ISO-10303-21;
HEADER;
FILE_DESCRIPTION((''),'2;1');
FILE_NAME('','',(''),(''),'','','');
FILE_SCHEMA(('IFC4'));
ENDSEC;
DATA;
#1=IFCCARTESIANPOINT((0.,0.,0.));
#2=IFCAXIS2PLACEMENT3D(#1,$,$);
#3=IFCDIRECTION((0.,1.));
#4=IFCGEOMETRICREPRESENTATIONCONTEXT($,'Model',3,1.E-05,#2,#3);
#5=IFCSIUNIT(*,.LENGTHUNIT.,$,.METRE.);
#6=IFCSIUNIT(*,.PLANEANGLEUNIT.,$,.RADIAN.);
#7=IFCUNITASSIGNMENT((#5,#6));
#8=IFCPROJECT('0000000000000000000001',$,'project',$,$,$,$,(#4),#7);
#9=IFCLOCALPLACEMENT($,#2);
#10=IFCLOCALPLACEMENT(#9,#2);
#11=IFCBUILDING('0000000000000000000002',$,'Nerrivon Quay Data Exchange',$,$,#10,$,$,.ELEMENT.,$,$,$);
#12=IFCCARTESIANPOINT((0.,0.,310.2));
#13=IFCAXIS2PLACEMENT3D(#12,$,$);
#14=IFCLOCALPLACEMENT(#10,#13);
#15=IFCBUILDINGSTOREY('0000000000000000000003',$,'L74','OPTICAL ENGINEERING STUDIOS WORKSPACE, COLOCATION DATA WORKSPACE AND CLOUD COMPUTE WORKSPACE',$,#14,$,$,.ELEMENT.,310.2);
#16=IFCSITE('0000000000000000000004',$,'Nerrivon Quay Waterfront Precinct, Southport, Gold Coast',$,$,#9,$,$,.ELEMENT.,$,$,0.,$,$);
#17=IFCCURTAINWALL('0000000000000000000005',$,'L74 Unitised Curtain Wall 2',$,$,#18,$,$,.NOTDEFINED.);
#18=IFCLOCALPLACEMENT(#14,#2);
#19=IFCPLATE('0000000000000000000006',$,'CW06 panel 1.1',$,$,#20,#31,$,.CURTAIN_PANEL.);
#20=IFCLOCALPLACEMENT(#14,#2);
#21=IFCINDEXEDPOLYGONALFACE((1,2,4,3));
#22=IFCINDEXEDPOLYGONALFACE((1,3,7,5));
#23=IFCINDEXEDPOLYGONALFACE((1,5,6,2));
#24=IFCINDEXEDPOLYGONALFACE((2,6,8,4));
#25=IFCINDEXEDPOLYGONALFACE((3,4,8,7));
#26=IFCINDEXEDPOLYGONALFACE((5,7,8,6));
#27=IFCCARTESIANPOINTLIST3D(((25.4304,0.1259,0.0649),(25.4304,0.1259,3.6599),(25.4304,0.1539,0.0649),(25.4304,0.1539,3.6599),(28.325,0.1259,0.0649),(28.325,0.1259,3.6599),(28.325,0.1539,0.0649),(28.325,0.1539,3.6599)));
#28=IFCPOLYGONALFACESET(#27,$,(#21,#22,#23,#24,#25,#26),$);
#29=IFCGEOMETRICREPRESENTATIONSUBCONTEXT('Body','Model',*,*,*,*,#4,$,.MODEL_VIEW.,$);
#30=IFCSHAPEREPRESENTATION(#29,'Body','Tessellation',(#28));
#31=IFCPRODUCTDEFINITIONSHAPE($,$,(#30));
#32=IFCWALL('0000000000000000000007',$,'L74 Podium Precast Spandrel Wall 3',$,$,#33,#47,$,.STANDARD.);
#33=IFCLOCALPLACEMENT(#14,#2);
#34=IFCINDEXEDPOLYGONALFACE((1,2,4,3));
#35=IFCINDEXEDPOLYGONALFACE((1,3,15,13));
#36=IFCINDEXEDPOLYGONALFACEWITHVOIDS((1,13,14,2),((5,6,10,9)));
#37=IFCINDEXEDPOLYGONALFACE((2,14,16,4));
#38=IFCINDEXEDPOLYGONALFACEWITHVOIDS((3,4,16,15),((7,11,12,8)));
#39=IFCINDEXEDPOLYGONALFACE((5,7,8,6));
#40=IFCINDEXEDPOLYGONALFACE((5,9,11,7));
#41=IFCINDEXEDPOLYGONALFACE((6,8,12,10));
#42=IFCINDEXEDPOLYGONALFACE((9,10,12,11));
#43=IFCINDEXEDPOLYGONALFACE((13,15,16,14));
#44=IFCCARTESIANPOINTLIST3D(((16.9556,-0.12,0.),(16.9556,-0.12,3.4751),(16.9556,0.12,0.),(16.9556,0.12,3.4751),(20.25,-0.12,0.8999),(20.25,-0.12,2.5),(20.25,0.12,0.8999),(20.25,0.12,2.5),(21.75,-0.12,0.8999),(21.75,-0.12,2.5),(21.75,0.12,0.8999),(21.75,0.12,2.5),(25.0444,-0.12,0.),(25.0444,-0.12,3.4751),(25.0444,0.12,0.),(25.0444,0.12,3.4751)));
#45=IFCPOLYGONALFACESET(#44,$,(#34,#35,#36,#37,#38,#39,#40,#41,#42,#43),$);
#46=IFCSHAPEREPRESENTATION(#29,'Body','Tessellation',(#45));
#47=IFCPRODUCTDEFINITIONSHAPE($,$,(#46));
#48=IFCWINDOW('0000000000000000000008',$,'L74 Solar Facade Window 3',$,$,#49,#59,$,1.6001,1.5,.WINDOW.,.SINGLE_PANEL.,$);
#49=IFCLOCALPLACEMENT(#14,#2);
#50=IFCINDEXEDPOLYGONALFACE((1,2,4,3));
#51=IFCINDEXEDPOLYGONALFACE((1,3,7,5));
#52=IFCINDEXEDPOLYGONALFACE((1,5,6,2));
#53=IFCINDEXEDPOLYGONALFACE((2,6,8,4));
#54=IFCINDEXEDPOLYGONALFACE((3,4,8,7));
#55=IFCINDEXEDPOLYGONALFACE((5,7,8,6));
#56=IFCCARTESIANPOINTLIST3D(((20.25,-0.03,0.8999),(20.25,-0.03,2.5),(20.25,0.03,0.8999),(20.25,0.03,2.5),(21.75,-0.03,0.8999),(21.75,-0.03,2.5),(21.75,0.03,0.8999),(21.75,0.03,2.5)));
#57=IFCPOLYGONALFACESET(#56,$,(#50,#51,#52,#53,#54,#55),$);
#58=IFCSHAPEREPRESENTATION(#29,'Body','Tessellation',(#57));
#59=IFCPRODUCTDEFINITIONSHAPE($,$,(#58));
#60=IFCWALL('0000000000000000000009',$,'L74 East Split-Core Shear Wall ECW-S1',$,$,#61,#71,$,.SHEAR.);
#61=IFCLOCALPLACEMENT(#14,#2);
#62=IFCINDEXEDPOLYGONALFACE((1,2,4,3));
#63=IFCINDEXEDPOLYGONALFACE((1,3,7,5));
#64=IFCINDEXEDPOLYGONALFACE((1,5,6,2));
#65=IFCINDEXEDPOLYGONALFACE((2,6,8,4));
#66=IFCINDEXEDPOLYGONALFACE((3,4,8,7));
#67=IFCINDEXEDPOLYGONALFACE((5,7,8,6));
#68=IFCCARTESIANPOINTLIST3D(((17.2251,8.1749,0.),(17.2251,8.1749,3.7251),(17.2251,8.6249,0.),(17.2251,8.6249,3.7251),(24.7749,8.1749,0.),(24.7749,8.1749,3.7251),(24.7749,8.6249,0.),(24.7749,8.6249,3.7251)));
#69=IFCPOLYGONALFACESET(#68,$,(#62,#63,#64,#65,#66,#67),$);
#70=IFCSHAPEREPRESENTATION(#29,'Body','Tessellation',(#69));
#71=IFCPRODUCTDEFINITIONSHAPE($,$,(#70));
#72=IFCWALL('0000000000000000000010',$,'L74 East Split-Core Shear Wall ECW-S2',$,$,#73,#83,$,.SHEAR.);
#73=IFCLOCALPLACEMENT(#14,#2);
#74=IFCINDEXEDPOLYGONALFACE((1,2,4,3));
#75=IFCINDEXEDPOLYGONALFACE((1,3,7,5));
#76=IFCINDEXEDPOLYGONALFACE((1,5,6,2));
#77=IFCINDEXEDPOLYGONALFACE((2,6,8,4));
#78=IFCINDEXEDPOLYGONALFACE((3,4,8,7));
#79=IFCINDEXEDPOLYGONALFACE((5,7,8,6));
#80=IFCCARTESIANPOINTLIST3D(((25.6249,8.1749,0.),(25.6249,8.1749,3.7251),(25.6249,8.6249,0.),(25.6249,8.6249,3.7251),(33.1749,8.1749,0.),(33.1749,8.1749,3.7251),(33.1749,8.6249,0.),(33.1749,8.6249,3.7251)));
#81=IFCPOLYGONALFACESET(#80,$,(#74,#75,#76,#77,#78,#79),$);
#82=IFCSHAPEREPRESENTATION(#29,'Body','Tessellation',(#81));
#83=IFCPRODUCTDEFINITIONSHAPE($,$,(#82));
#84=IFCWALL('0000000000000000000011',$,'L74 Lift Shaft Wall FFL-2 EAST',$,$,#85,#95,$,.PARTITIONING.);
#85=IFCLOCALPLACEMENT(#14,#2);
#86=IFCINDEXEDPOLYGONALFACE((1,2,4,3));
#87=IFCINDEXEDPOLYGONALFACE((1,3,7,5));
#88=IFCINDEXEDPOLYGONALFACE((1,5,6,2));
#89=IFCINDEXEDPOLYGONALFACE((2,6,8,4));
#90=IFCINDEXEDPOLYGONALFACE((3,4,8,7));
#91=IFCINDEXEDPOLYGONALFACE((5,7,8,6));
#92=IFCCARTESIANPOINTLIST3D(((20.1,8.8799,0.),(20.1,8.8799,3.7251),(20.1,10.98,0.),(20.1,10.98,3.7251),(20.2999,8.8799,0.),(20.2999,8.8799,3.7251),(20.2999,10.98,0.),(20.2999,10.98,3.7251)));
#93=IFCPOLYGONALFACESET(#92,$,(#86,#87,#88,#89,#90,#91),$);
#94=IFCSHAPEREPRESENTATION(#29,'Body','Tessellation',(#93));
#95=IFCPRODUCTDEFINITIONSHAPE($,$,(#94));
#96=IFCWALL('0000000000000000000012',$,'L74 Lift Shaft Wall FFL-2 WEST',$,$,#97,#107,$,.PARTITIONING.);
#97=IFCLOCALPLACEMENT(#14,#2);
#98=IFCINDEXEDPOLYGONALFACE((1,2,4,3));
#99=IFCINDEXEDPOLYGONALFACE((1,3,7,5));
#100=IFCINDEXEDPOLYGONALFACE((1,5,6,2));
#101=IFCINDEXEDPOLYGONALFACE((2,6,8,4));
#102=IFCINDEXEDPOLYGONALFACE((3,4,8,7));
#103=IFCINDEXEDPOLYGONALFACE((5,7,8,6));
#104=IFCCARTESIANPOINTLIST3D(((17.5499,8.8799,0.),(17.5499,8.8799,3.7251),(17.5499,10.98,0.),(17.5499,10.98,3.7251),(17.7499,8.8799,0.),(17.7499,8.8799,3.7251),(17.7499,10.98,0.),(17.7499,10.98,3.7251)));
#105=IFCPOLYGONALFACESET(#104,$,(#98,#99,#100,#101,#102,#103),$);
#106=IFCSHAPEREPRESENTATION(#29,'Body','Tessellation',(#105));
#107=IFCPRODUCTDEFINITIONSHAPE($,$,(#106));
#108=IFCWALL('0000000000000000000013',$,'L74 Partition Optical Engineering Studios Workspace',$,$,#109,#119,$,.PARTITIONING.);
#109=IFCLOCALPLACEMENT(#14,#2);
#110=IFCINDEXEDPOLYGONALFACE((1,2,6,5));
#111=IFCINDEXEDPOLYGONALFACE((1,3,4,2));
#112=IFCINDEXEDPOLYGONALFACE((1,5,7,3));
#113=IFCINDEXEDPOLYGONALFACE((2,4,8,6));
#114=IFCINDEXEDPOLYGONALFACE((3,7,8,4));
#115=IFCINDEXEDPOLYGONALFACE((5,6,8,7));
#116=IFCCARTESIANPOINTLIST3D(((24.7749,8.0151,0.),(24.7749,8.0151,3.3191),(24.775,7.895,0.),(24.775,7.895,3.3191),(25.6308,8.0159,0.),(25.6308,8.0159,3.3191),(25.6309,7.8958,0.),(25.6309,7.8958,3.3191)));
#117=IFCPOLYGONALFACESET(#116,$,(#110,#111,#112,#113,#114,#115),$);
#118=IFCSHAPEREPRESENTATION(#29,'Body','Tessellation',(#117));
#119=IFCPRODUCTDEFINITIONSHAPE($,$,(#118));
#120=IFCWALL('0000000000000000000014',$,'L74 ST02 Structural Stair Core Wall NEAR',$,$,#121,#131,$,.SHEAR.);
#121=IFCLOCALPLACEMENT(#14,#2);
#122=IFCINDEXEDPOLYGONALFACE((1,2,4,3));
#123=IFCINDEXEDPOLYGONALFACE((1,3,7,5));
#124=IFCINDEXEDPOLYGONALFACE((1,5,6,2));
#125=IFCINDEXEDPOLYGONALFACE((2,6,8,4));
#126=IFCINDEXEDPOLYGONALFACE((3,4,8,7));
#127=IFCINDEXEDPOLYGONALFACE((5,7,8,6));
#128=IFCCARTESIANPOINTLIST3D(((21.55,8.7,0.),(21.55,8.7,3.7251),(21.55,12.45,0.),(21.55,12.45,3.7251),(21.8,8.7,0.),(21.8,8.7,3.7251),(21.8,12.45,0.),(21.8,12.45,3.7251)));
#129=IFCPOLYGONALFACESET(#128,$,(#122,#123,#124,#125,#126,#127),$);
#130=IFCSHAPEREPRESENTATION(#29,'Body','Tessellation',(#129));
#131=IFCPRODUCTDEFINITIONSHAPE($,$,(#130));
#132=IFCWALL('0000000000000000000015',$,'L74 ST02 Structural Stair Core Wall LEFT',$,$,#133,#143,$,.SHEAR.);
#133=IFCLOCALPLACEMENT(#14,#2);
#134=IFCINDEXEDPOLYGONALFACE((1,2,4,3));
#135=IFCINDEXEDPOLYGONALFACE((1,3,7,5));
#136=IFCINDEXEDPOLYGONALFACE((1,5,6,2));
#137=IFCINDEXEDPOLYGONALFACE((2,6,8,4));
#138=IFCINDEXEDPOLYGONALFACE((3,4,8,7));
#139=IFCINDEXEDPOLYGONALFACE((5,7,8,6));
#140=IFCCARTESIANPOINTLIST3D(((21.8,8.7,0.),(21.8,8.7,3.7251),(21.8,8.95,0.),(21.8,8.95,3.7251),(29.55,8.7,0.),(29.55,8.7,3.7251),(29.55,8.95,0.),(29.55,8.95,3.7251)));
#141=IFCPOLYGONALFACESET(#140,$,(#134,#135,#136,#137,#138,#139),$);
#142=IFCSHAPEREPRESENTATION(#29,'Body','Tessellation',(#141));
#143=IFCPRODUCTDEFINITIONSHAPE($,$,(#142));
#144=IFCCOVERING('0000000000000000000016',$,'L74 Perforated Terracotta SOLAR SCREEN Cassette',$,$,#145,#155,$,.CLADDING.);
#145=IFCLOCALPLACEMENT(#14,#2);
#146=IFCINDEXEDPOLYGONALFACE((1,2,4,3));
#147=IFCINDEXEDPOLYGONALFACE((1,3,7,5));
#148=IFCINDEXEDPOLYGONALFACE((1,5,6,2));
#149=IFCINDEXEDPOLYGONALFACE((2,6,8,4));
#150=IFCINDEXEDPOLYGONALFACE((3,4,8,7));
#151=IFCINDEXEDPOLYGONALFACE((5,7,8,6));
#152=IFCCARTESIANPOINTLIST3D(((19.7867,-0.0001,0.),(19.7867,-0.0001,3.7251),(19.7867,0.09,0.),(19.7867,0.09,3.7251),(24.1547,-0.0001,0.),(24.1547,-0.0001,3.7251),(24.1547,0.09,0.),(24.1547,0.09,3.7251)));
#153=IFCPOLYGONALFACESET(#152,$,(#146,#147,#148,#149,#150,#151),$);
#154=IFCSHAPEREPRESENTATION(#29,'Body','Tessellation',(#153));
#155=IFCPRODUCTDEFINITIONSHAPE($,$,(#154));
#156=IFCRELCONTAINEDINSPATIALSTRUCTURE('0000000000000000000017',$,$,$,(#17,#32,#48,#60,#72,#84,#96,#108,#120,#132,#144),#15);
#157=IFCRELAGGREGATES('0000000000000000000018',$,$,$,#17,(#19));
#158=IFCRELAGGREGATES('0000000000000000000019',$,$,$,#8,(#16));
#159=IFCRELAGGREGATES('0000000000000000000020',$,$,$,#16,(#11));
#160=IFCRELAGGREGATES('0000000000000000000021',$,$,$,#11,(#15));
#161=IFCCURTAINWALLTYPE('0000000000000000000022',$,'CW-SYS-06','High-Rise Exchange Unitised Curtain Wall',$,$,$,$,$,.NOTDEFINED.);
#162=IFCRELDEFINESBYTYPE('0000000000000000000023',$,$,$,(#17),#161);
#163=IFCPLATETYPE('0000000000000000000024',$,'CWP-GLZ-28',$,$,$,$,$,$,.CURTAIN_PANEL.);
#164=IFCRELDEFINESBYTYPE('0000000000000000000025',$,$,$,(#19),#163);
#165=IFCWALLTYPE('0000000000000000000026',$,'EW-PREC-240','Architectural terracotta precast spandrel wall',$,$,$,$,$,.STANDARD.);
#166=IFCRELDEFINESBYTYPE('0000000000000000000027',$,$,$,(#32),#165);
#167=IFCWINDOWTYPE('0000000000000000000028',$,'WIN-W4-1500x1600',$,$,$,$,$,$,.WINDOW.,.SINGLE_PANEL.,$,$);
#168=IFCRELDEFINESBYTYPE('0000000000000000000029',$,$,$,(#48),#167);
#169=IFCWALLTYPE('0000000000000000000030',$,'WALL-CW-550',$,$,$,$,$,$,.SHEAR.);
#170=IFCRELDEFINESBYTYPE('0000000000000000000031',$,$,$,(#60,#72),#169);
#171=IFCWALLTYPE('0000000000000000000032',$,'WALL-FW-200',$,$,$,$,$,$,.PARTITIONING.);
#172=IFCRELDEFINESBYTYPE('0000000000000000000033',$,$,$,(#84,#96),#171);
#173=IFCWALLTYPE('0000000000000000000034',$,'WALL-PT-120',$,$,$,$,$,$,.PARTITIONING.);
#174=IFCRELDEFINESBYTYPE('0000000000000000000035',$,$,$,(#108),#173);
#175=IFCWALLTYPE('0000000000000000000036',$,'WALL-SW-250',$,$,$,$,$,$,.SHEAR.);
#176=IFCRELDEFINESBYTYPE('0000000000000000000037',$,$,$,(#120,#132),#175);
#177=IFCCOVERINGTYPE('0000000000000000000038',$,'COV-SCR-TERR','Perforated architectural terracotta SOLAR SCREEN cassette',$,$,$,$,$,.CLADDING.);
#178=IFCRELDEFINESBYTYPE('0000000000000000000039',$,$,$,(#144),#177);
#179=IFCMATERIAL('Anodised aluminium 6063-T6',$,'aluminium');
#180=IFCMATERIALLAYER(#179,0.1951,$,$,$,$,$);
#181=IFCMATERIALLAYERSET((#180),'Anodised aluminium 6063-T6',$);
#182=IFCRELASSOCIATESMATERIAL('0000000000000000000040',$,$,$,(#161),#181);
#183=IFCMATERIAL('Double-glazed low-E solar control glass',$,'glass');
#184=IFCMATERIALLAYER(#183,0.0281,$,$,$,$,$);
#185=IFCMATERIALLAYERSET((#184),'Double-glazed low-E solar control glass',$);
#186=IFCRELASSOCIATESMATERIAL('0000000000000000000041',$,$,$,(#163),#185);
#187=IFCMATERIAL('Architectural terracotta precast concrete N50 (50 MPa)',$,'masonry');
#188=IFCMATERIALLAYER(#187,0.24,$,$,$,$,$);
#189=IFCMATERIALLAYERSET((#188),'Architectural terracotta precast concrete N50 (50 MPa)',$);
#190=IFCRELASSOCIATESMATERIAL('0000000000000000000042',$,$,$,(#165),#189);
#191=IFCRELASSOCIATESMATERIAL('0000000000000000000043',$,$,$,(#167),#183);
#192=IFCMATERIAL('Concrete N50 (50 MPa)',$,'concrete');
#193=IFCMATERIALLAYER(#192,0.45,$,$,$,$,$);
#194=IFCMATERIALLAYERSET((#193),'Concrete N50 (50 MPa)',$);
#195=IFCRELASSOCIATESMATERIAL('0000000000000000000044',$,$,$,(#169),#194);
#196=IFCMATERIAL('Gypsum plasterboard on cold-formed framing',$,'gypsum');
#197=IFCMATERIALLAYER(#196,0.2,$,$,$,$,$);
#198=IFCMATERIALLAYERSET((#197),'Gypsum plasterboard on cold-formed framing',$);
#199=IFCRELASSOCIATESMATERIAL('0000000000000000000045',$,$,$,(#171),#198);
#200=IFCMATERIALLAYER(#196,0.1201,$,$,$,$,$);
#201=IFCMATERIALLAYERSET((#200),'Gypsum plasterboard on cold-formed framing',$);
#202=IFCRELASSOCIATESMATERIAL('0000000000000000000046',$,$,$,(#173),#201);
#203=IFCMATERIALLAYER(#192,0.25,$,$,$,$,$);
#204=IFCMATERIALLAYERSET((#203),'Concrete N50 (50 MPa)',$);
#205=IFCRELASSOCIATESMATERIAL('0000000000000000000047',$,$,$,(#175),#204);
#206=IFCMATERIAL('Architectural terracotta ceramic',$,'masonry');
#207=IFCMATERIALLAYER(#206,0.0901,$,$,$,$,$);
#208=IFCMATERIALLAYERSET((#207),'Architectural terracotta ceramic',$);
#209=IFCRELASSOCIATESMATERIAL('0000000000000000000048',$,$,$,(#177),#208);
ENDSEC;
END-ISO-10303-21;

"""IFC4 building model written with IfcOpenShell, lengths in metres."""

from ifc_helpers import new_model, si_unit, direction, frame, frame_2d, origin, origin_2d, place, context, subcontext, project, spatial, rectangle, extrude, material, layer, layer_set, type_object, element, fill, aggregate, save


model = new_model("IFC4")

# Units and contexts
model_context = context("Model", 3, precision=1e-05, world=origin(), true_north=direction((0.0, 1.0)))
body_context = subcontext(model_context, "Body", "Model", "MODEL_VIEW")
ifc_project = project(units=[si_unit("LENGTHUNIT", "METRE"), si_unit("PLANEANGLEUNIT", "RADIAN")], contexts=[model_context])

# Site, building, storey
site_placement = place(None, origin())
site = spatial("IfcSite", under=ifc_project, at=site_placement, Name="Nerrivon Quay Waterfront Precinct, Southport, Gold Coast", CompositionType="ELEMENT", RefElevation=0.0)
building_placement = place(site_placement, origin())
building = spatial("IfcBuilding", under=site, at=building_placement, Name="Nerrivon Quay Data Exchange", CompositionType="ELEMENT")
storey_placement = place(building_placement, frame((0.0, 0.0, 310.2)))
storey = spatial("IfcBuildingStorey", under=building, at=storey_placement, Name="L74", Description="OPTICAL ENGINEERING STUDIOS WORKSPACE, COLOCATION DATA WORKSPACE AND CLOUD COMPUTE WORKSPACE", CompositionType="ELEMENT", Elevation=310.2)

# Shared definitions
ifc_material_1 = material(Name="Concrete N50 (50 MPa)", Category="concrete")

# Curtain wall, plate
ifc_material_2 = material(Name="Anodised aluminium 6063-T6", Category="aluminium")
ifc_layer_1 = layer(ifc_material_2, 0.1951)
ifc_layer_set_1 = layer_set([ifc_layer_1], Name="Anodised aluminium 6063-T6")
curtain_wall_type = type_object("IfcCurtainWallType", Name="CW-SYS-06", Description="High-Rise Exchange Unitised Curtain Wall", PredefinedType="NOTDEFINED", material=ifc_layer_set_1)
curtain_wall_placement = place(storey_placement, origin())
curtain_wall = element("IfcCurtainWall", 1, at=curtain_wall_placement, inside=storey, type_object=curtain_wall_type, Name="L74 Unitised Curtain Wall 2", PredefinedType="NOTDEFINED")
ifc_material_3 = material(Name="Double-glazed low-E solar control glass", Category="glass")
ifc_layer_2 = layer(ifc_material_3, 0.0281)
ifc_layer_set_2 = layer_set([ifc_layer_2], Name="Double-glazed low-E solar control glass")
plate_type = type_object("IfcPlateType", Name="CWP-GLZ-28", PredefinedType="CURTAIN_PANEL", material=ifc_layer_set_2)
plate_placement = place(storey_placement, frame((26.8777, 0.1399, 0.0649), z_axis=(0.0, 0.0, 1.0), x_axis=(-1.0, 0.0, 0.0)))
plate = element("IfcPlate", 2, at=plate_placement, type_object=plate_type, Name="CW06 panel 1.1", PredefinedType="CURTAIN_PANEL", context=body_context, shape_type="SweptSolid", body=[
    extrude(rectangle(XDim=2.8945, YDim=0.0281, at=origin_2d()), origin(), (0.0, 0.0, 1.0), 3.595),
])
aggregate(curtain_wall, [plate])

# Wall, opening, window
ifc_material_4 = material(Name="Architectural terracotta precast concrete N50 (50 MPa)", Category="masonry")
ifc_layer_3 = layer(ifc_material_4, 0.24)
ifc_layer_set_3 = layer_set([ifc_layer_3], Name="Architectural terracotta precast concrete N50 (50 MPa)")
wall_type_1 = type_object("IfcWallType", Name="EW-PREC-240", Description="Architectural terracotta precast spandrel wall", PredefinedType="STANDARD", material=ifc_layer_set_3)
wall_1_placement = place(storey_placement, frame((25.0444, 0.0, 0.0), z_axis=(0.0, 0.0, 1.0), x_axis=(-1.0, 0.0, 0.0)))
wall_1 = element("IfcWall", 3, at=wall_1_placement, inside=storey, type_object=wall_type_1, Name="L74 Podium Precast Spandrel Wall 3", PredefinedType="STANDARD", context=body_context, shape_type="SweptSolid", body=[
    extrude(rectangle(XDim=8.0889, YDim=0.24, at=frame_2d((4.0444, 0.0))), origin(), (0.0, 0.0, 1.0), 3.4751),
])
opening_1_placement = place(wall_1_placement, frame((3.2944, 0.0, 0.8999)))
opening_1 = element("IfcOpeningElement", 4, at=opening_1_placement, cuts=wall_1, PredefinedType="OPENING", context=body_context, shape_type="SweptSolid", body=[
    extrude(rectangle(XDim=1.5, YDim=1.6001, at=frame_2d((0.75, 0.8))), frame((0.0, 0.1299, 0.0), z_axis=(0.0, -1.0, 0.0), x_axis=(1.0, 0.0, 0.0)), (0.0, 0.0, 1.0), 0.26),
])
window_type = type_object("IfcWindowType", Name="WIN-W4-1500x1600", PartitioningType="SINGLE_PANEL", PredefinedType="WINDOW", material=ifc_material_3)
window_placement = place(opening_1_placement, origin())
window = element("IfcWindow", 5, at=window_placement, inside=storey, type_object=window_type, Name="L74 Solar Facade Window 3", OverallHeight=1.6001, OverallWidth=1.5, PartitioningType="SINGLE_PANEL", PredefinedType="WINDOW", context=body_context, shape_type="SweptSolid", body=[
    extrude(rectangle(XDim=1.5, YDim=1.6001, at=frame_2d((0.75, 0.8))), frame((0.0, 0.03, 0.0), z_axis=(0.0, -1.0, 0.0), x_axis=(1.0, 0.0, 0.0)), (0.0, 0.0, 1.0), 0.0601),
])
fill(opening_1, window)

# Walls
ifc_layer_4 = layer(ifc_material_1, 0.45)
ifc_layer_set_4 = layer_set([ifc_layer_4], Name="Concrete N50 (50 MPa)")
wall_type_2 = type_object("IfcWallType", Name="WALL-CW-550", PredefinedType="SHEAR", material=ifc_layer_set_4)
wall_2_placement = place(storey_placement, frame((17.2251, 8.3999, 0.0), z_axis=(0.0, 0.0, 1.0), x_axis=(1.0, 0.0, 0.0)))
element("IfcWall", 6, at=wall_2_placement, inside=storey, type_object=wall_type_2, Name="L74 East Split-Core Shear Wall ECW-S1", PredefinedType="SHEAR", context=body_context, shape_type="SweptSolid", body=[
    extrude(rectangle(XDim=7.5498, YDim=0.45, at=frame_2d((3.7749, 0.0))), origin(), (0.0, 0.0, 1.0), 3.7251),
])
wall_3_placement = place(storey_placement, frame((25.625, 8.3999, 0.0), z_axis=(0.0, 0.0, 1.0), x_axis=(1.0, 0.0, 0.0)))
element("IfcWall", 7, at=wall_3_placement, inside=storey, type_object=wall_type_2, Name="L74 East Split-Core Shear Wall ECW-S2", PredefinedType="SHEAR", context=body_context, shape_type="SweptSolid", body=[
    extrude(rectangle(XDim=7.55, YDim=0.45, at=frame_2d((3.7749, 0.0))), origin(), (0.0, 0.0, 1.0), 3.7251),
])
ifc_material_5 = material(Name="Gypsum plasterboard on cold-formed framing", Category="gypsum")
ifc_layer_5 = layer(ifc_material_5, 0.2)
ifc_layer_set_5 = layer_set([ifc_layer_5], Name="Gypsum plasterboard on cold-formed framing")
wall_type_3 = type_object("IfcWallType", Name="WALL-FW-200", PredefinedType="PARTITIONING", material=ifc_layer_set_5)
for number, where, z_axis, x_axis, name in (
    (8, (20.2, 8.8799, 0.0), (0.0, 0.0, 1.0), (0.0, 1.0, 0.0), "L74 Lift Shaft Wall FFL-2 EAST"),
    (9, (17.6499, 8.8799, 0.0), (0.0, 0.0, 1.0), (0.0, 1.0, 0.0), "L74 Lift Shaft Wall FFL-2 WEST"),
):
    element("IfcWall", number, at=place(storey_placement, frame(where, z_axis=z_axis, x_axis=x_axis)), inside=storey, type_object=wall_type_3, Name=name, PredefinedType="PARTITIONING", context=body_context, shape_type="SweptSolid", body=[
        extrude(rectangle(XDim=2.1001, YDim=0.2, at=frame_2d((1.05, 0.0))), origin(), (0.0, 0.0, 1.0), 3.7251),
    ])
ifc_layer_6 = layer(ifc_material_5, 0.1201)
ifc_layer_set_6 = layer_set([ifc_layer_6], Name="Gypsum plasterboard on cold-formed framing")
wall_type_4 = type_object("IfcWallType", Name="WALL-PT-120", PredefinedType="PARTITIONING", material=ifc_layer_set_6)
wall_4_placement = place(storey_placement, frame((25.6309, 7.9558, 0.0), z_axis=(0.0, 0.0, 1.0), x_axis=(-1.0, -0.000856, 0.0)))
element("IfcWall", 10, at=wall_4_placement, inside=storey, type_object=wall_type_4, Name="L74 Partition Optical Engineering Studios Workspace", PredefinedType="PARTITIONING", context=body_context, shape_type="SweptSolid", body=[
    extrude(rectangle(XDim=0.856, YDim=0.1201, at=frame_2d((0.428, 0.0))), origin(), (0.0, 0.0, 1.0), 3.3191),
])

# Walls
ifc_layer_7 = layer(ifc_material_1, 0.25)
ifc_layer_set_7 = layer_set([ifc_layer_7], Name="Concrete N50 (50 MPa)")
wall_type_5 = type_object("IfcWallType", Name="WALL-SW-250", PredefinedType="SHEAR", material=ifc_layer_set_7)
wall_5_placement = place(storey_placement, frame((21.675, 8.7, 0.0), z_axis=(0.0, 0.0, 1.0), x_axis=(0.0, 1.0, 0.0)))
element("IfcWall", 11, at=wall_5_placement, inside=storey, type_object=wall_type_5, Name="L74 ST02 Structural Stair Core Wall NEAR", PredefinedType="SHEAR", context=body_context, shape_type="SweptSolid", body=[
    extrude(rectangle(XDim=3.75, YDim=0.25, at=frame_2d((1.875, 0.0))), origin(), (0.0, 0.0, 1.0), 3.7251),
])
wall_6_placement = place(storey_placement, frame((21.8, 8.825, 0.0), z_axis=(0.0, 0.0, 1.0), x_axis=(1.0, 0.0, 0.0)))
element("IfcWall", 12, at=wall_6_placement, inside=storey, type_object=wall_type_5, Name="L74 ST02 Structural Stair Core Wall LEFT", PredefinedType="SHEAR", context=body_context, shape_type="SweptSolid", body=[
    extrude(rectangle(XDim=7.75, YDim=0.25, at=frame_2d((3.875, 0.0))), origin(), (0.0, 0.0, 1.0), 3.7251),
])

# Covering
ifc_material_6 = material(Name="Architectural terracotta ceramic", Category="masonry")
ifc_layer_8 = layer(ifc_material_6, 0.0901)
ifc_layer_set_8 = layer_set([ifc_layer_8], Name="Architectural terracotta ceramic")
covering_type = type_object("IfcCoveringType", Name="COV-SCR-TERR", Description="Perforated architectural terracotta SOLAR SCREEN cassette", PredefinedType="CLADDING", material=ifc_layer_set_8)
covering_placement = place(storey_placement, frame((21.9707, 0.0449, 0.0), z_axis=(0.0, 0.0, 1.0), x_axis=(-1.0, 0.0, 0.0)))
element("IfcCovering", 13, at=covering_placement, inside=storey, type_object=covering_type, Name="L74 Perforated Terracotta SOLAR SCREEN Cassette", PredefinedType="CLADDING", context=body_context, shape_type="SweptSolid", body=[
    extrude(rectangle(XDim=4.3679, YDim=0.0901, at=origin_2d()), origin(), (0.0, 0.0, 1.0), 3.7251),
])

save(model, "model.ifc")
